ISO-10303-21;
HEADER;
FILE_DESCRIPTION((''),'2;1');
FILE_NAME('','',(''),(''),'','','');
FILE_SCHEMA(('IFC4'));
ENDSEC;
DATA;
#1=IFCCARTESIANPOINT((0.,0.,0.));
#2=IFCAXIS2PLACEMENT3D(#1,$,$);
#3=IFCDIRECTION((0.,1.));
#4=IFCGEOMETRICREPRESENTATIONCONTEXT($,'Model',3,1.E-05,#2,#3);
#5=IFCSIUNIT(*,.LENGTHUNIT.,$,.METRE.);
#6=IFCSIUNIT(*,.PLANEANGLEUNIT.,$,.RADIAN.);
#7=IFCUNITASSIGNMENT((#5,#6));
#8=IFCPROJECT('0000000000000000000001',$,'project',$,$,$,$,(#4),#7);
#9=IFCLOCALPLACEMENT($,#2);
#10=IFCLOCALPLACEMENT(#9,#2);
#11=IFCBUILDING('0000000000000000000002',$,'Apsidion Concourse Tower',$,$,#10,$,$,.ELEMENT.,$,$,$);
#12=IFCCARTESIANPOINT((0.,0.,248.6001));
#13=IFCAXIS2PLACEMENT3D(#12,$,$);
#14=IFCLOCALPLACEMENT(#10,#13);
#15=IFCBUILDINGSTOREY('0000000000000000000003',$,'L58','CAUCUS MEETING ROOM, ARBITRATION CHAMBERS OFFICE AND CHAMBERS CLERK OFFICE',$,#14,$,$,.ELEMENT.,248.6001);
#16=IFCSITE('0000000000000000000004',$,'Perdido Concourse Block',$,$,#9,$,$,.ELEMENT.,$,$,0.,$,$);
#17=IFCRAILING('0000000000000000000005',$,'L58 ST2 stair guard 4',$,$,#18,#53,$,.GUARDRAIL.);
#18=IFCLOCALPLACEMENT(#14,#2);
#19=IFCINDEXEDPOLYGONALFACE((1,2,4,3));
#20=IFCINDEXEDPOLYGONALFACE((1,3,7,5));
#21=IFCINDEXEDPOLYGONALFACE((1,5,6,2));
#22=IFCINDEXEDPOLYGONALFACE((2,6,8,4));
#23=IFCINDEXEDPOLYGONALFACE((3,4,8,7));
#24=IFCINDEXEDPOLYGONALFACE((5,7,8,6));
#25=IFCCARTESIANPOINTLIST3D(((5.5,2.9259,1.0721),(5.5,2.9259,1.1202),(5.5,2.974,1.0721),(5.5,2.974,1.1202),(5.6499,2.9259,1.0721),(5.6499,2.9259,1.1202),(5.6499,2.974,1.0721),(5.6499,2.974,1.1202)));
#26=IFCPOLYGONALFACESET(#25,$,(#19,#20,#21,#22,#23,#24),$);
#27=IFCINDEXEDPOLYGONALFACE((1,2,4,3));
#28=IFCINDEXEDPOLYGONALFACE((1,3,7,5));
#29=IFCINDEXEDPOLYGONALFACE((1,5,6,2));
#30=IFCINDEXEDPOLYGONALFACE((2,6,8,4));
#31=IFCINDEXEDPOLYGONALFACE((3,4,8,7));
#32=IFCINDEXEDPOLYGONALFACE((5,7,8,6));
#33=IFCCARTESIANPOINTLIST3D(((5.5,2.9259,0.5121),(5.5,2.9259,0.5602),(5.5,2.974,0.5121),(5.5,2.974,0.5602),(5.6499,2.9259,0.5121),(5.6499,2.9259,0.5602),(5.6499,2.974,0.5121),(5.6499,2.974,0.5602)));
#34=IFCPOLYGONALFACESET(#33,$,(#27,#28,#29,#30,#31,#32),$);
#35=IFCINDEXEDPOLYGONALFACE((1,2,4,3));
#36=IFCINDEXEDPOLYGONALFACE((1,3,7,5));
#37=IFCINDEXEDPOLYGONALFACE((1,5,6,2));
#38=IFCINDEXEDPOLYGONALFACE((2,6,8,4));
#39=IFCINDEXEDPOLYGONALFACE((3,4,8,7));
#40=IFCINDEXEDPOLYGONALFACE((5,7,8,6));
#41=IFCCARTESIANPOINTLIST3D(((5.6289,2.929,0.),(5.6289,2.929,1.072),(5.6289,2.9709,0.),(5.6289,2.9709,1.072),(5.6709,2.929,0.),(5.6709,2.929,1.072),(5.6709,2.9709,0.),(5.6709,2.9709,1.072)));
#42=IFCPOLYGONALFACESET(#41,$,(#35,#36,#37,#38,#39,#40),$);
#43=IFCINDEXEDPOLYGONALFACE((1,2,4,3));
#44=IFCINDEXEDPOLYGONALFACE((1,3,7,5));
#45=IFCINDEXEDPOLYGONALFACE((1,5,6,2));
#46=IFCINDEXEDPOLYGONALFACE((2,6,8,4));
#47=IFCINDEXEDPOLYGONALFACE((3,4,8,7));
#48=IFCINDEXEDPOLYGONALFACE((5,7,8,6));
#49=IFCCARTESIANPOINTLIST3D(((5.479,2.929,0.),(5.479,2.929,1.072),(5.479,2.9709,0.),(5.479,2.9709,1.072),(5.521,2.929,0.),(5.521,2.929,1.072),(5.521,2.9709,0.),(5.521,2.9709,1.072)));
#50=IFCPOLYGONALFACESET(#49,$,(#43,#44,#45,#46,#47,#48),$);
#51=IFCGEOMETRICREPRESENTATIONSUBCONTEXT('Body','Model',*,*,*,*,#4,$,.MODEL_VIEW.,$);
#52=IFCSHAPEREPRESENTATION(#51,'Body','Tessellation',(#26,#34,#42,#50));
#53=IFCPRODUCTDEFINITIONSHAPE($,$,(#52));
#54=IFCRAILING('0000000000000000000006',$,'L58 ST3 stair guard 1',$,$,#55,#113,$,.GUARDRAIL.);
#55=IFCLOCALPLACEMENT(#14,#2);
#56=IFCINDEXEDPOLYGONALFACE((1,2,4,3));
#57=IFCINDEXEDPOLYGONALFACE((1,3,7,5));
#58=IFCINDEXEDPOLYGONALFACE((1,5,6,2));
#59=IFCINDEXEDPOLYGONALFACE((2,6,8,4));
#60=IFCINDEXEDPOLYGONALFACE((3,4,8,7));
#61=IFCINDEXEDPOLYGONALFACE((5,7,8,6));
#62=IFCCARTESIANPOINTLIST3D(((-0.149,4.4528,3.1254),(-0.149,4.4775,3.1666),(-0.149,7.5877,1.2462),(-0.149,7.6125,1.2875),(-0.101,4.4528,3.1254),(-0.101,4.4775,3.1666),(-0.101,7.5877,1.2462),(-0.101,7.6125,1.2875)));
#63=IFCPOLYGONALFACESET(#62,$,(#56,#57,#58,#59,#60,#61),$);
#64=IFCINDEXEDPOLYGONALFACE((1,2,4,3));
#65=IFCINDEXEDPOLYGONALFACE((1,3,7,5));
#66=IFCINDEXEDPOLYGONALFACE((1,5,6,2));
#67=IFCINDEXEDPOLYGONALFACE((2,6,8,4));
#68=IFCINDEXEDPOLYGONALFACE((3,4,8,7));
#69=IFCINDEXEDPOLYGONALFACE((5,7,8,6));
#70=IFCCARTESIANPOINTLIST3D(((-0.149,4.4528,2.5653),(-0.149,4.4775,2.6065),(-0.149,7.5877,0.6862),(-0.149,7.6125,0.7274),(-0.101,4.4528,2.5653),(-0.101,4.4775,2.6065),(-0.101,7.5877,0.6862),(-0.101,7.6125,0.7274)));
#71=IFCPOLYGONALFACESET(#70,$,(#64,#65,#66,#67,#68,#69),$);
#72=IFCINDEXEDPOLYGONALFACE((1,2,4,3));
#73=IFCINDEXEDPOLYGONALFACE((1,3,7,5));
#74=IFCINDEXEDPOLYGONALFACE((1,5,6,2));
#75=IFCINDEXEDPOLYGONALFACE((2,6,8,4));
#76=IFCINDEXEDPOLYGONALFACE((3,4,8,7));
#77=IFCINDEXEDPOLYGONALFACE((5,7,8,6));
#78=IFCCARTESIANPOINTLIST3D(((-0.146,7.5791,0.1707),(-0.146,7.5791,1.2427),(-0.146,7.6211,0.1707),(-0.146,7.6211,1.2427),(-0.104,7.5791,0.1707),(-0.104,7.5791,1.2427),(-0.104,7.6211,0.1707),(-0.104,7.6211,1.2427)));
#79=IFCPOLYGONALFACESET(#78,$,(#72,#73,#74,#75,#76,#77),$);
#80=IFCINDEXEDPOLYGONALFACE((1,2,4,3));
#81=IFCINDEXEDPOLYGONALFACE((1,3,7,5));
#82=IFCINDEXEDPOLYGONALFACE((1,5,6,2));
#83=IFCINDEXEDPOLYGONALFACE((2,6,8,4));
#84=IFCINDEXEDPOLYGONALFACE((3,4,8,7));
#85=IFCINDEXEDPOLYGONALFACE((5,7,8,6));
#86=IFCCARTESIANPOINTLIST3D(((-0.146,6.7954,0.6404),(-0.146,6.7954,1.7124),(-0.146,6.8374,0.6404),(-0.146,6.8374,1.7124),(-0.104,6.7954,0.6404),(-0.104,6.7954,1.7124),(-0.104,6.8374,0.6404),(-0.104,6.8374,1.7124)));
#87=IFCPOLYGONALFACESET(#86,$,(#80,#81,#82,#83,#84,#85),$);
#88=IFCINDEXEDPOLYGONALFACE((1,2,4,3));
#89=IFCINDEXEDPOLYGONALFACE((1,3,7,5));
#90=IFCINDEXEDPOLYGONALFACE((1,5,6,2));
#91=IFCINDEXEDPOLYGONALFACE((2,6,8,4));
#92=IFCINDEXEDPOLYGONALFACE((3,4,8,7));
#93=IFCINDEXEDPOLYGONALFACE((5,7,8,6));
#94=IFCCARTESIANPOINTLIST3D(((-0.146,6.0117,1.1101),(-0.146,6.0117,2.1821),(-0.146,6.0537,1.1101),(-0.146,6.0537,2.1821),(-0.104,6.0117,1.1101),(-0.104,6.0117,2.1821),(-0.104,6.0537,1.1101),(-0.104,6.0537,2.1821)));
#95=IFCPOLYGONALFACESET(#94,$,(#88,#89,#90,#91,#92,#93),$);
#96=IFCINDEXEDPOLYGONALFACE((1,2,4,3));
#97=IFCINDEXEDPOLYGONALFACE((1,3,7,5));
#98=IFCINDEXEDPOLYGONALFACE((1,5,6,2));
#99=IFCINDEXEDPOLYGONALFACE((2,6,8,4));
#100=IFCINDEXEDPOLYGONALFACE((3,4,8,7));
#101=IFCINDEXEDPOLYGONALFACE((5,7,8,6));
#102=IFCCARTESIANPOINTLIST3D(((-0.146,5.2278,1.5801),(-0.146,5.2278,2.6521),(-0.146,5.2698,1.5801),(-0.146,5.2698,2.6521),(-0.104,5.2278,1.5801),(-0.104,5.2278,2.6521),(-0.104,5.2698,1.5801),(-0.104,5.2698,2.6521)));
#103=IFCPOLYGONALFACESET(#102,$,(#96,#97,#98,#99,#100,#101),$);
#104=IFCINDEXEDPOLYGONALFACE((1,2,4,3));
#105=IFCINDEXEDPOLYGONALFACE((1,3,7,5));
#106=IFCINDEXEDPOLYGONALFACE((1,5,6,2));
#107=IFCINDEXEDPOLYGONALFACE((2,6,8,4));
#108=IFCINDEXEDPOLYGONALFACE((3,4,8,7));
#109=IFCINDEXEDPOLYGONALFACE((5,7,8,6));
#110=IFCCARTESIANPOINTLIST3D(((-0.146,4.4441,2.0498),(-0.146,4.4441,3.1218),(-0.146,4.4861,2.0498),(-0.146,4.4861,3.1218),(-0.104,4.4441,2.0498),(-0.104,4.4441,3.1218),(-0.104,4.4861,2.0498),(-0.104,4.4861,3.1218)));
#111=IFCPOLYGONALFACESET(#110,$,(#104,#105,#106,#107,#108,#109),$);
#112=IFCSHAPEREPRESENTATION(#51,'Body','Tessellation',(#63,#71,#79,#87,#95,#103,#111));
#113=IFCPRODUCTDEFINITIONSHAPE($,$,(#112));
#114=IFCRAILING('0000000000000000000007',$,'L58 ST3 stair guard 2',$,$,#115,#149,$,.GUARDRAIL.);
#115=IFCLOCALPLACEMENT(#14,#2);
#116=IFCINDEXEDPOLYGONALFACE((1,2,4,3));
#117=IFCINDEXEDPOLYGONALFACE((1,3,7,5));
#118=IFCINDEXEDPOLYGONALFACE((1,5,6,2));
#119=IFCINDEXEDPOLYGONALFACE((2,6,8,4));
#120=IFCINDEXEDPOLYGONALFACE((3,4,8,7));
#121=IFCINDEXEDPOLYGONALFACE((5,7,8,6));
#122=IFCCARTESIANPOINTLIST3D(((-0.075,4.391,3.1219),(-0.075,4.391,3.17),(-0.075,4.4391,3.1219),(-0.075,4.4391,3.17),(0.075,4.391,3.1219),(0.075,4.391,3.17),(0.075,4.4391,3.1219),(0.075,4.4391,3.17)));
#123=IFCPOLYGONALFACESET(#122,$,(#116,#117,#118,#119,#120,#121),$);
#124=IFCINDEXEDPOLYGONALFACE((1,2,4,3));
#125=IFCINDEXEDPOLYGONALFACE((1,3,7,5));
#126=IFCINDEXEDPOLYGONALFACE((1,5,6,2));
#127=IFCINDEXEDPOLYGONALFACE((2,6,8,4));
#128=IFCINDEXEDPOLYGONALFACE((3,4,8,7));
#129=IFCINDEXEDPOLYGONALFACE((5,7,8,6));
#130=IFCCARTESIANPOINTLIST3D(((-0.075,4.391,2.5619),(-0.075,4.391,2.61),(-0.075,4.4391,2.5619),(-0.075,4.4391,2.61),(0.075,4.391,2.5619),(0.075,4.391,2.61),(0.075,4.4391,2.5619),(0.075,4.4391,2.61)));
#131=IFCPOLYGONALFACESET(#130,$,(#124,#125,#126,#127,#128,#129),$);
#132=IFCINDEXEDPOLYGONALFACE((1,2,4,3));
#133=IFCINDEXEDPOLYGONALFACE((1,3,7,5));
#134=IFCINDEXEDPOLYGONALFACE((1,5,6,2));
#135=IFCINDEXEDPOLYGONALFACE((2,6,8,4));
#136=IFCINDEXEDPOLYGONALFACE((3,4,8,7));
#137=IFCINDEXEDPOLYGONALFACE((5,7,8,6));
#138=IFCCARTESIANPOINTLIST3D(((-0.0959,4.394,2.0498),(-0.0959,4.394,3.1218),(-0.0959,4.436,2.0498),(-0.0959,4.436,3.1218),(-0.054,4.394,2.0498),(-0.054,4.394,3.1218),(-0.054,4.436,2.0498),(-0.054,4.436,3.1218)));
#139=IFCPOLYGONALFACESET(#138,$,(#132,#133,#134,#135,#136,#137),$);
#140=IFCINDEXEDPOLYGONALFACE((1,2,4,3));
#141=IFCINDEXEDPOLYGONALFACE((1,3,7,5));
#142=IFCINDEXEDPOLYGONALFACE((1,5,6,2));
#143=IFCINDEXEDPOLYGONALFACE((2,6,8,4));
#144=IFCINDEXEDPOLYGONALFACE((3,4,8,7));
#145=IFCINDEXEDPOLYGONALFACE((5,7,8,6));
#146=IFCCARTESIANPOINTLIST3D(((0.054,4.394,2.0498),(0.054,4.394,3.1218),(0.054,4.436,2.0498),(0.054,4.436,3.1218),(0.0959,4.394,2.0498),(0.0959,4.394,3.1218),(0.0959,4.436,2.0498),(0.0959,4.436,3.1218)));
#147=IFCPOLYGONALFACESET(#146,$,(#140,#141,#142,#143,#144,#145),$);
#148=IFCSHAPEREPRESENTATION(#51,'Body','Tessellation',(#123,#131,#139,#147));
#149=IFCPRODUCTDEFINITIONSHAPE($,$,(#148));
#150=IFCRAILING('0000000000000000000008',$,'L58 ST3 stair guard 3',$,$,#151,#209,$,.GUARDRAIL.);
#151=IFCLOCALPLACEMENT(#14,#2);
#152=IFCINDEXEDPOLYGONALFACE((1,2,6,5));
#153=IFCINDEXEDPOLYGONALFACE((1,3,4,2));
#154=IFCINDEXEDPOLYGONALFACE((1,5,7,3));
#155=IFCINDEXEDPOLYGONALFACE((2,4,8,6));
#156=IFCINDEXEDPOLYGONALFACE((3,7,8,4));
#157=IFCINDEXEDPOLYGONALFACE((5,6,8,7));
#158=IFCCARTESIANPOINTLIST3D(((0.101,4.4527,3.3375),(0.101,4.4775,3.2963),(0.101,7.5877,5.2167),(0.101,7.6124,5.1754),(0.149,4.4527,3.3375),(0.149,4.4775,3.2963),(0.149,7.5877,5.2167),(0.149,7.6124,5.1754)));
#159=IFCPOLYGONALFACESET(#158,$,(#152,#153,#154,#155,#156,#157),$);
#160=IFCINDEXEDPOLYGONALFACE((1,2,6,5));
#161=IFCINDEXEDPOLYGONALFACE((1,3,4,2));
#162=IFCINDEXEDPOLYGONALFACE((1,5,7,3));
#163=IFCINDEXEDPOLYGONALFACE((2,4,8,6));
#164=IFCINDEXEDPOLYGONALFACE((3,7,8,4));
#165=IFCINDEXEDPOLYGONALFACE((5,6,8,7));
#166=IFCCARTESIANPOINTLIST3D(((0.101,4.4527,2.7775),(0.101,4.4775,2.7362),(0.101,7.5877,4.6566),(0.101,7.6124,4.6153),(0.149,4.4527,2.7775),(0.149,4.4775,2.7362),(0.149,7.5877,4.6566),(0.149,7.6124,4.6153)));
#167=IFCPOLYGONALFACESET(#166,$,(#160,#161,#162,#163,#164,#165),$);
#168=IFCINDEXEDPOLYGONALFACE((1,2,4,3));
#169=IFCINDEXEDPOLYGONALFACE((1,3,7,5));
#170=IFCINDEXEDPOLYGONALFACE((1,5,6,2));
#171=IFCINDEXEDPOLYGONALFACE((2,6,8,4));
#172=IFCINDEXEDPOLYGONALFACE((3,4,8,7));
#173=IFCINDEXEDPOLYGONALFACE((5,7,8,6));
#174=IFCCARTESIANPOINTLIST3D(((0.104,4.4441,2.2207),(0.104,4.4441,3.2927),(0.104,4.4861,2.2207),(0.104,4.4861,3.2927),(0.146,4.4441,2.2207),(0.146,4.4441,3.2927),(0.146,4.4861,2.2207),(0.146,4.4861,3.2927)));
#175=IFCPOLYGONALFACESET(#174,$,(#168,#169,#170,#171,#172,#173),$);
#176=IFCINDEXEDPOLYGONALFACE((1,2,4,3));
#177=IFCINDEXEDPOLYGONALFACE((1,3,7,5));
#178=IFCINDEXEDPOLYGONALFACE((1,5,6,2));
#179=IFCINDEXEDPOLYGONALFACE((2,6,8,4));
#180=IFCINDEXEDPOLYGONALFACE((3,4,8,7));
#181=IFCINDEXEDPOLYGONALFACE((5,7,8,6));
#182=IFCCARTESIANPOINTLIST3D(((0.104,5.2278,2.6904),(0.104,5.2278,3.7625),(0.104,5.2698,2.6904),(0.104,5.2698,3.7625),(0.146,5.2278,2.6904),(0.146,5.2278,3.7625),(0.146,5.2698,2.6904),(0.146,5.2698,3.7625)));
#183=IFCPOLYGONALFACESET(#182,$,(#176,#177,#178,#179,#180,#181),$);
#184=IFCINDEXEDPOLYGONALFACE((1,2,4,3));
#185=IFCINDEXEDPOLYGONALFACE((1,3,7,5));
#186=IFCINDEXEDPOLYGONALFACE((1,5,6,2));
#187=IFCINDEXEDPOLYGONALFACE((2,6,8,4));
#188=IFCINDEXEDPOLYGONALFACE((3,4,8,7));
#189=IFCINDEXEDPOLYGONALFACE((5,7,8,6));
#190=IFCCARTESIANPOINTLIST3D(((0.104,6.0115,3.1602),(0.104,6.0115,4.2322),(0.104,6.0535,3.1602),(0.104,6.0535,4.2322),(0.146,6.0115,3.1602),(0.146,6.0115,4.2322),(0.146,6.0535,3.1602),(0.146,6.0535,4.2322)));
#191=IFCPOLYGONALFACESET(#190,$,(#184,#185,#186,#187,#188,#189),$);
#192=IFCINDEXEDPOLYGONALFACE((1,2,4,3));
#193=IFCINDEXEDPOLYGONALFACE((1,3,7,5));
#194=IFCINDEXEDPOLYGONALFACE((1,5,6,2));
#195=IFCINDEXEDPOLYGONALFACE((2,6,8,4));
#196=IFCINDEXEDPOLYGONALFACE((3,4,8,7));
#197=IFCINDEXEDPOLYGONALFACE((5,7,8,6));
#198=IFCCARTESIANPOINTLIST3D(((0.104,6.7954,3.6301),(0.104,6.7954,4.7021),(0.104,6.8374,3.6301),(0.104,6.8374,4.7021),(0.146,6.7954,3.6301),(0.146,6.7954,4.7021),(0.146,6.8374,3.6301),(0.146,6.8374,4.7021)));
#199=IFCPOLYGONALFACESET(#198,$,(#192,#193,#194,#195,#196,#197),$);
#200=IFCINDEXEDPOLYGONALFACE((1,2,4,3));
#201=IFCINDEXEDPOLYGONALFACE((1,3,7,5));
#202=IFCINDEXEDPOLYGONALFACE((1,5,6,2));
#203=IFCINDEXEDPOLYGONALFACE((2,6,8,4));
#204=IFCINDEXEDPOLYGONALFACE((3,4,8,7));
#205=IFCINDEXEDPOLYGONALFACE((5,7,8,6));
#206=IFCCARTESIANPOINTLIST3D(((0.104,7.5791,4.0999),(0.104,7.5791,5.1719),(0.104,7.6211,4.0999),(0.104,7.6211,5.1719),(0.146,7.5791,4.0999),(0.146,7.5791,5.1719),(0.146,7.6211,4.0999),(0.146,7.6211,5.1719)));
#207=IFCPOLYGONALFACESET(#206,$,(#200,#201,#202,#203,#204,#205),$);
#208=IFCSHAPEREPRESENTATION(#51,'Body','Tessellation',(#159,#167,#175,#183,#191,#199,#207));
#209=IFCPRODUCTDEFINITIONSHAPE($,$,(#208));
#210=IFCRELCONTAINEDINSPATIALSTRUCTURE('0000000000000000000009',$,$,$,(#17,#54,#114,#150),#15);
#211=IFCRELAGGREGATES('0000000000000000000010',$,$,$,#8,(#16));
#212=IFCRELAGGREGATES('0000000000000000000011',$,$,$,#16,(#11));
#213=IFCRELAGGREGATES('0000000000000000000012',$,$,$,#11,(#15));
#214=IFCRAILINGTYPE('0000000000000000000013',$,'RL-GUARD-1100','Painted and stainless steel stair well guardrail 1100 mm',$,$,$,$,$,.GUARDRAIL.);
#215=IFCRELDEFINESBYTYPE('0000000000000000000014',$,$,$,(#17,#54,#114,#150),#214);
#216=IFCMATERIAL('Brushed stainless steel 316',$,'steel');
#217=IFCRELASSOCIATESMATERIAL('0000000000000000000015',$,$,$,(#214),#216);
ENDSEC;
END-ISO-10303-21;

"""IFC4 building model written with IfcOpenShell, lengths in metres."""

from ifc_helpers import new_model, si_unit, direction, frame, origin, origin_2d, place, context, subcontext, project, spatial, rectangle, extrude, material, type_object, element, save


model = new_model("IFC4")

# Units and contexts
model_context = context("Model", 3, precision=1e-05, world=origin(), true_north=direction((0.0, 1.0)))
body_context = subcontext(model_context, "Body", "Model", "MODEL_VIEW")
ifc_project = project(units=[si_unit("LENGTHUNIT", "METRE"), si_unit("PLANEANGLEUNIT", "RADIAN")], contexts=[model_context])

# Site, building, storey
site_placement = place(None, origin())
site = spatial("IfcSite", under=ifc_project, at=site_placement, Name="Perdido Concourse Block", CompositionType="ELEMENT", RefElevation=0.0)
building_placement = place(site_placement, origin())
building = spatial("IfcBuilding", under=site, at=building_placement, Name="Apsidion Concourse Tower", CompositionType="ELEMENT")
storey_placement = place(building_placement, frame((0.0, 0.0, 248.6001)))
storey = spatial("IfcBuildingStorey", under=building, at=storey_placement, Name="L58", Description="CAUCUS MEETING ROOM, ARBITRATION CHAMBERS OFFICE AND CHAMBERS CLERK OFFICE", CompositionType="ELEMENT", Elevation=248.6001)

# Railings
ifc_material_1 = material(Name="Brushed stainless steel 316", Category="steel")
railing_type_1 = type_object("IfcRailingType", Name="RL-GUARD-1100", Description="Painted and stainless steel stair well guardrail 1100 mm", PredefinedType="GUARDRAIL", material=ifc_material_1)
railing_1_placement = place(storey_placement, frame((5.6499, 2.95, 0.0)))
element("IfcRailing", 1, at=railing_1_placement, inside=storey, type_object=railing_type_1, Name="L58 ST2 stair guard 4", PredefinedType="GUARDRAIL", context=body_context, shape_type="SweptSolid", body=[
    extrude(rectangle(XDim=0.0481, YDim=0.0481, at=origin_2d()), frame((0.0, 0.0, 1.0962), z_axis=(-1.0, 0.0, 0.0), x_axis=(0.0, -1.0, 0.0)), (0.0, 0.0, 1.0), 0.1499),
    extrude(rectangle(XDim=0.0481, YDim=0.0481, at=origin_2d()), frame((0.0, 0.0, 0.5361), z_axis=(-1.0, 0.0, 0.0), x_axis=(0.0, -1.0, 0.0)), (0.0, 0.0, 1.0), 0.1499),
    extrude(rectangle(XDim=0.042, YDim=0.042, at=origin_2d()), origin(), (0.0, 0.0, 1.0), 1.072),
    extrude(rectangle(XDim=0.042, YDim=0.042, at=origin_2d()), frame((-0.1499, 0.0, 0.0)), (0.0, 0.0, 1.0), 1.072),
])
railing_2_placement = place(storey_placement, frame((-0.125, 7.6001, 0.1707)))
element("IfcRailing", 2, at=railing_2_placement, inside=storey, type_object=railing_type_1, Name="L58 ST3 stair guard 1", PredefinedType="GUARDRAIL", context=body_context, shape_type="SweptSolid", body=[
    extrude(rectangle(XDim=0.0481, YDim=0.0481, at=origin_2d()), frame((0.0, 0.0, 1.0962), z_axis=(0.0, -0.857717, 0.514122), x_axis=(1.0, 0.0, 0.0)), (0.0, 0.0, 1.0), 3.655),
    extrude(rectangle(XDim=0.0481, YDim=0.0481, at=origin_2d()), frame((0.0, 0.0, 0.5361), z_axis=(0.0, -0.857717, 0.514122), x_axis=(1.0, 0.0, 0.0)), (0.0, 0.0, 1.0), 3.655),
    extrude(rectangle(XDim=0.042, YDim=0.042, at=origin_2d()), origin(), (0.0, 0.0, 1.0), 1.072),
    extrude(rectangle(XDim=0.042, YDim=0.042, at=origin_2d()), frame((0.0, -0.7837, 0.4697)), (0.0, 0.0, 1.0), 1.072),
    extrude(rectangle(XDim=0.042, YDim=0.042, at=origin_2d()), frame((0.0, -1.5674, 0.9395)), (0.0, 0.0, 1.0), 1.072),
    extrude(rectangle(XDim=0.042, YDim=0.042, at=origin_2d()), frame((0.0, -2.3513, 1.4094)), (0.0, 0.0, 1.0), 1.072),
    extrude(rectangle(XDim=0.042, YDim=0.042, at=origin_2d()), frame((0.0, -3.135, 1.8792)), (0.0, 0.0, 1.0), 1.072),
])
railing_3_placement = place(storey_placement, frame((-0.075, 4.415, 2.0498)))
element("IfcRailing", 3, at=railing_3_placement, inside=storey, type_object=railing_type_1, Name="L58 ST3 stair guard 2", PredefinedType="GUARDRAIL", context=body_context, shape_type="SweptSolid", body=[
    extrude(rectangle(XDim=0.0481, YDim=0.0481, at=origin_2d()), frame((0.0, 0.0, 1.0962), z_axis=(1.0, 0.0, 0.0), x_axis=(0.0, 1.0, 0.0)), (0.0, 0.0, 1.0), 0.1499),
    extrude(rectangle(XDim=0.0481, YDim=0.0481, at=origin_2d()), frame((0.0, 0.0, 0.5361), z_axis=(1.0, 0.0, 0.0), x_axis=(0.0, 1.0, 0.0)), (0.0, 0.0, 1.0), 0.1499),
    extrude(rectangle(XDim=0.042, YDim=0.042, at=origin_2d()), origin(), (0.0, 0.0, 1.0), 1.072),
    extrude(rectangle(XDim=0.042, YDim=0.042, at=origin_2d()), frame((0.1499, 0.0, 0.0)), (0.0, 0.0, 1.0), 1.072),
])
railing_4_placement = place(storey_placement, frame((0.125, 4.4651, 2.2207)))
element("IfcRailing", 4, at=railing_4_placement, inside=storey, type_object=railing_type_1, Name="L58 ST3 stair guard 3", PredefinedType="GUARDRAIL", context=body_context, shape_type="SweptSolid", body=[
    extrude(rectangle(XDim=0.0481, YDim=0.0481, at=origin_2d()), frame((0.0, 0.0, 1.0962), z_axis=(0.0, 0.857717, 0.514122), x_axis=(-1.0, 0.0, 0.0)), (0.0, 0.0, 1.0), 3.655),
    extrude(rectangle(XDim=0.0481, YDim=0.0481, at=origin_2d()), frame((0.0, 0.0, 0.5361), z_axis=(0.0, 0.857717, 0.514122), x_axis=(-1.0, 0.0, 0.0)), (0.0, 0.0, 1.0), 3.655),
    extrude(rectangle(XDim=0.042, YDim=0.042, at=origin_2d()), origin(), (0.0, 0.0, 1.0), 1.072),
    extrude(rectangle(XDim=0.042, YDim=0.042, at=origin_2d()), frame((0.0, 0.7837, 0.4697)), (0.0, 0.0, 1.0), 1.072),
    extrude(rectangle(XDim=0.042, YDim=0.042, at=origin_2d()), frame((0.0, 1.5674, 0.9395)), (0.0, 0.0, 1.0), 1.072),
    extrude(rectangle(XDim=0.042, YDim=0.042, at=origin_2d()), frame((0.0, 2.3513, 1.4094)), (0.0, 0.0, 1.0), 1.072),
    extrude(rectangle(XDim=0.042, YDim=0.042, at=origin_2d()), frame((0.0, 3.135, 1.8792)), (0.0, 0.0, 1.0), 1.072),
])

save(model, "model.ifc")
